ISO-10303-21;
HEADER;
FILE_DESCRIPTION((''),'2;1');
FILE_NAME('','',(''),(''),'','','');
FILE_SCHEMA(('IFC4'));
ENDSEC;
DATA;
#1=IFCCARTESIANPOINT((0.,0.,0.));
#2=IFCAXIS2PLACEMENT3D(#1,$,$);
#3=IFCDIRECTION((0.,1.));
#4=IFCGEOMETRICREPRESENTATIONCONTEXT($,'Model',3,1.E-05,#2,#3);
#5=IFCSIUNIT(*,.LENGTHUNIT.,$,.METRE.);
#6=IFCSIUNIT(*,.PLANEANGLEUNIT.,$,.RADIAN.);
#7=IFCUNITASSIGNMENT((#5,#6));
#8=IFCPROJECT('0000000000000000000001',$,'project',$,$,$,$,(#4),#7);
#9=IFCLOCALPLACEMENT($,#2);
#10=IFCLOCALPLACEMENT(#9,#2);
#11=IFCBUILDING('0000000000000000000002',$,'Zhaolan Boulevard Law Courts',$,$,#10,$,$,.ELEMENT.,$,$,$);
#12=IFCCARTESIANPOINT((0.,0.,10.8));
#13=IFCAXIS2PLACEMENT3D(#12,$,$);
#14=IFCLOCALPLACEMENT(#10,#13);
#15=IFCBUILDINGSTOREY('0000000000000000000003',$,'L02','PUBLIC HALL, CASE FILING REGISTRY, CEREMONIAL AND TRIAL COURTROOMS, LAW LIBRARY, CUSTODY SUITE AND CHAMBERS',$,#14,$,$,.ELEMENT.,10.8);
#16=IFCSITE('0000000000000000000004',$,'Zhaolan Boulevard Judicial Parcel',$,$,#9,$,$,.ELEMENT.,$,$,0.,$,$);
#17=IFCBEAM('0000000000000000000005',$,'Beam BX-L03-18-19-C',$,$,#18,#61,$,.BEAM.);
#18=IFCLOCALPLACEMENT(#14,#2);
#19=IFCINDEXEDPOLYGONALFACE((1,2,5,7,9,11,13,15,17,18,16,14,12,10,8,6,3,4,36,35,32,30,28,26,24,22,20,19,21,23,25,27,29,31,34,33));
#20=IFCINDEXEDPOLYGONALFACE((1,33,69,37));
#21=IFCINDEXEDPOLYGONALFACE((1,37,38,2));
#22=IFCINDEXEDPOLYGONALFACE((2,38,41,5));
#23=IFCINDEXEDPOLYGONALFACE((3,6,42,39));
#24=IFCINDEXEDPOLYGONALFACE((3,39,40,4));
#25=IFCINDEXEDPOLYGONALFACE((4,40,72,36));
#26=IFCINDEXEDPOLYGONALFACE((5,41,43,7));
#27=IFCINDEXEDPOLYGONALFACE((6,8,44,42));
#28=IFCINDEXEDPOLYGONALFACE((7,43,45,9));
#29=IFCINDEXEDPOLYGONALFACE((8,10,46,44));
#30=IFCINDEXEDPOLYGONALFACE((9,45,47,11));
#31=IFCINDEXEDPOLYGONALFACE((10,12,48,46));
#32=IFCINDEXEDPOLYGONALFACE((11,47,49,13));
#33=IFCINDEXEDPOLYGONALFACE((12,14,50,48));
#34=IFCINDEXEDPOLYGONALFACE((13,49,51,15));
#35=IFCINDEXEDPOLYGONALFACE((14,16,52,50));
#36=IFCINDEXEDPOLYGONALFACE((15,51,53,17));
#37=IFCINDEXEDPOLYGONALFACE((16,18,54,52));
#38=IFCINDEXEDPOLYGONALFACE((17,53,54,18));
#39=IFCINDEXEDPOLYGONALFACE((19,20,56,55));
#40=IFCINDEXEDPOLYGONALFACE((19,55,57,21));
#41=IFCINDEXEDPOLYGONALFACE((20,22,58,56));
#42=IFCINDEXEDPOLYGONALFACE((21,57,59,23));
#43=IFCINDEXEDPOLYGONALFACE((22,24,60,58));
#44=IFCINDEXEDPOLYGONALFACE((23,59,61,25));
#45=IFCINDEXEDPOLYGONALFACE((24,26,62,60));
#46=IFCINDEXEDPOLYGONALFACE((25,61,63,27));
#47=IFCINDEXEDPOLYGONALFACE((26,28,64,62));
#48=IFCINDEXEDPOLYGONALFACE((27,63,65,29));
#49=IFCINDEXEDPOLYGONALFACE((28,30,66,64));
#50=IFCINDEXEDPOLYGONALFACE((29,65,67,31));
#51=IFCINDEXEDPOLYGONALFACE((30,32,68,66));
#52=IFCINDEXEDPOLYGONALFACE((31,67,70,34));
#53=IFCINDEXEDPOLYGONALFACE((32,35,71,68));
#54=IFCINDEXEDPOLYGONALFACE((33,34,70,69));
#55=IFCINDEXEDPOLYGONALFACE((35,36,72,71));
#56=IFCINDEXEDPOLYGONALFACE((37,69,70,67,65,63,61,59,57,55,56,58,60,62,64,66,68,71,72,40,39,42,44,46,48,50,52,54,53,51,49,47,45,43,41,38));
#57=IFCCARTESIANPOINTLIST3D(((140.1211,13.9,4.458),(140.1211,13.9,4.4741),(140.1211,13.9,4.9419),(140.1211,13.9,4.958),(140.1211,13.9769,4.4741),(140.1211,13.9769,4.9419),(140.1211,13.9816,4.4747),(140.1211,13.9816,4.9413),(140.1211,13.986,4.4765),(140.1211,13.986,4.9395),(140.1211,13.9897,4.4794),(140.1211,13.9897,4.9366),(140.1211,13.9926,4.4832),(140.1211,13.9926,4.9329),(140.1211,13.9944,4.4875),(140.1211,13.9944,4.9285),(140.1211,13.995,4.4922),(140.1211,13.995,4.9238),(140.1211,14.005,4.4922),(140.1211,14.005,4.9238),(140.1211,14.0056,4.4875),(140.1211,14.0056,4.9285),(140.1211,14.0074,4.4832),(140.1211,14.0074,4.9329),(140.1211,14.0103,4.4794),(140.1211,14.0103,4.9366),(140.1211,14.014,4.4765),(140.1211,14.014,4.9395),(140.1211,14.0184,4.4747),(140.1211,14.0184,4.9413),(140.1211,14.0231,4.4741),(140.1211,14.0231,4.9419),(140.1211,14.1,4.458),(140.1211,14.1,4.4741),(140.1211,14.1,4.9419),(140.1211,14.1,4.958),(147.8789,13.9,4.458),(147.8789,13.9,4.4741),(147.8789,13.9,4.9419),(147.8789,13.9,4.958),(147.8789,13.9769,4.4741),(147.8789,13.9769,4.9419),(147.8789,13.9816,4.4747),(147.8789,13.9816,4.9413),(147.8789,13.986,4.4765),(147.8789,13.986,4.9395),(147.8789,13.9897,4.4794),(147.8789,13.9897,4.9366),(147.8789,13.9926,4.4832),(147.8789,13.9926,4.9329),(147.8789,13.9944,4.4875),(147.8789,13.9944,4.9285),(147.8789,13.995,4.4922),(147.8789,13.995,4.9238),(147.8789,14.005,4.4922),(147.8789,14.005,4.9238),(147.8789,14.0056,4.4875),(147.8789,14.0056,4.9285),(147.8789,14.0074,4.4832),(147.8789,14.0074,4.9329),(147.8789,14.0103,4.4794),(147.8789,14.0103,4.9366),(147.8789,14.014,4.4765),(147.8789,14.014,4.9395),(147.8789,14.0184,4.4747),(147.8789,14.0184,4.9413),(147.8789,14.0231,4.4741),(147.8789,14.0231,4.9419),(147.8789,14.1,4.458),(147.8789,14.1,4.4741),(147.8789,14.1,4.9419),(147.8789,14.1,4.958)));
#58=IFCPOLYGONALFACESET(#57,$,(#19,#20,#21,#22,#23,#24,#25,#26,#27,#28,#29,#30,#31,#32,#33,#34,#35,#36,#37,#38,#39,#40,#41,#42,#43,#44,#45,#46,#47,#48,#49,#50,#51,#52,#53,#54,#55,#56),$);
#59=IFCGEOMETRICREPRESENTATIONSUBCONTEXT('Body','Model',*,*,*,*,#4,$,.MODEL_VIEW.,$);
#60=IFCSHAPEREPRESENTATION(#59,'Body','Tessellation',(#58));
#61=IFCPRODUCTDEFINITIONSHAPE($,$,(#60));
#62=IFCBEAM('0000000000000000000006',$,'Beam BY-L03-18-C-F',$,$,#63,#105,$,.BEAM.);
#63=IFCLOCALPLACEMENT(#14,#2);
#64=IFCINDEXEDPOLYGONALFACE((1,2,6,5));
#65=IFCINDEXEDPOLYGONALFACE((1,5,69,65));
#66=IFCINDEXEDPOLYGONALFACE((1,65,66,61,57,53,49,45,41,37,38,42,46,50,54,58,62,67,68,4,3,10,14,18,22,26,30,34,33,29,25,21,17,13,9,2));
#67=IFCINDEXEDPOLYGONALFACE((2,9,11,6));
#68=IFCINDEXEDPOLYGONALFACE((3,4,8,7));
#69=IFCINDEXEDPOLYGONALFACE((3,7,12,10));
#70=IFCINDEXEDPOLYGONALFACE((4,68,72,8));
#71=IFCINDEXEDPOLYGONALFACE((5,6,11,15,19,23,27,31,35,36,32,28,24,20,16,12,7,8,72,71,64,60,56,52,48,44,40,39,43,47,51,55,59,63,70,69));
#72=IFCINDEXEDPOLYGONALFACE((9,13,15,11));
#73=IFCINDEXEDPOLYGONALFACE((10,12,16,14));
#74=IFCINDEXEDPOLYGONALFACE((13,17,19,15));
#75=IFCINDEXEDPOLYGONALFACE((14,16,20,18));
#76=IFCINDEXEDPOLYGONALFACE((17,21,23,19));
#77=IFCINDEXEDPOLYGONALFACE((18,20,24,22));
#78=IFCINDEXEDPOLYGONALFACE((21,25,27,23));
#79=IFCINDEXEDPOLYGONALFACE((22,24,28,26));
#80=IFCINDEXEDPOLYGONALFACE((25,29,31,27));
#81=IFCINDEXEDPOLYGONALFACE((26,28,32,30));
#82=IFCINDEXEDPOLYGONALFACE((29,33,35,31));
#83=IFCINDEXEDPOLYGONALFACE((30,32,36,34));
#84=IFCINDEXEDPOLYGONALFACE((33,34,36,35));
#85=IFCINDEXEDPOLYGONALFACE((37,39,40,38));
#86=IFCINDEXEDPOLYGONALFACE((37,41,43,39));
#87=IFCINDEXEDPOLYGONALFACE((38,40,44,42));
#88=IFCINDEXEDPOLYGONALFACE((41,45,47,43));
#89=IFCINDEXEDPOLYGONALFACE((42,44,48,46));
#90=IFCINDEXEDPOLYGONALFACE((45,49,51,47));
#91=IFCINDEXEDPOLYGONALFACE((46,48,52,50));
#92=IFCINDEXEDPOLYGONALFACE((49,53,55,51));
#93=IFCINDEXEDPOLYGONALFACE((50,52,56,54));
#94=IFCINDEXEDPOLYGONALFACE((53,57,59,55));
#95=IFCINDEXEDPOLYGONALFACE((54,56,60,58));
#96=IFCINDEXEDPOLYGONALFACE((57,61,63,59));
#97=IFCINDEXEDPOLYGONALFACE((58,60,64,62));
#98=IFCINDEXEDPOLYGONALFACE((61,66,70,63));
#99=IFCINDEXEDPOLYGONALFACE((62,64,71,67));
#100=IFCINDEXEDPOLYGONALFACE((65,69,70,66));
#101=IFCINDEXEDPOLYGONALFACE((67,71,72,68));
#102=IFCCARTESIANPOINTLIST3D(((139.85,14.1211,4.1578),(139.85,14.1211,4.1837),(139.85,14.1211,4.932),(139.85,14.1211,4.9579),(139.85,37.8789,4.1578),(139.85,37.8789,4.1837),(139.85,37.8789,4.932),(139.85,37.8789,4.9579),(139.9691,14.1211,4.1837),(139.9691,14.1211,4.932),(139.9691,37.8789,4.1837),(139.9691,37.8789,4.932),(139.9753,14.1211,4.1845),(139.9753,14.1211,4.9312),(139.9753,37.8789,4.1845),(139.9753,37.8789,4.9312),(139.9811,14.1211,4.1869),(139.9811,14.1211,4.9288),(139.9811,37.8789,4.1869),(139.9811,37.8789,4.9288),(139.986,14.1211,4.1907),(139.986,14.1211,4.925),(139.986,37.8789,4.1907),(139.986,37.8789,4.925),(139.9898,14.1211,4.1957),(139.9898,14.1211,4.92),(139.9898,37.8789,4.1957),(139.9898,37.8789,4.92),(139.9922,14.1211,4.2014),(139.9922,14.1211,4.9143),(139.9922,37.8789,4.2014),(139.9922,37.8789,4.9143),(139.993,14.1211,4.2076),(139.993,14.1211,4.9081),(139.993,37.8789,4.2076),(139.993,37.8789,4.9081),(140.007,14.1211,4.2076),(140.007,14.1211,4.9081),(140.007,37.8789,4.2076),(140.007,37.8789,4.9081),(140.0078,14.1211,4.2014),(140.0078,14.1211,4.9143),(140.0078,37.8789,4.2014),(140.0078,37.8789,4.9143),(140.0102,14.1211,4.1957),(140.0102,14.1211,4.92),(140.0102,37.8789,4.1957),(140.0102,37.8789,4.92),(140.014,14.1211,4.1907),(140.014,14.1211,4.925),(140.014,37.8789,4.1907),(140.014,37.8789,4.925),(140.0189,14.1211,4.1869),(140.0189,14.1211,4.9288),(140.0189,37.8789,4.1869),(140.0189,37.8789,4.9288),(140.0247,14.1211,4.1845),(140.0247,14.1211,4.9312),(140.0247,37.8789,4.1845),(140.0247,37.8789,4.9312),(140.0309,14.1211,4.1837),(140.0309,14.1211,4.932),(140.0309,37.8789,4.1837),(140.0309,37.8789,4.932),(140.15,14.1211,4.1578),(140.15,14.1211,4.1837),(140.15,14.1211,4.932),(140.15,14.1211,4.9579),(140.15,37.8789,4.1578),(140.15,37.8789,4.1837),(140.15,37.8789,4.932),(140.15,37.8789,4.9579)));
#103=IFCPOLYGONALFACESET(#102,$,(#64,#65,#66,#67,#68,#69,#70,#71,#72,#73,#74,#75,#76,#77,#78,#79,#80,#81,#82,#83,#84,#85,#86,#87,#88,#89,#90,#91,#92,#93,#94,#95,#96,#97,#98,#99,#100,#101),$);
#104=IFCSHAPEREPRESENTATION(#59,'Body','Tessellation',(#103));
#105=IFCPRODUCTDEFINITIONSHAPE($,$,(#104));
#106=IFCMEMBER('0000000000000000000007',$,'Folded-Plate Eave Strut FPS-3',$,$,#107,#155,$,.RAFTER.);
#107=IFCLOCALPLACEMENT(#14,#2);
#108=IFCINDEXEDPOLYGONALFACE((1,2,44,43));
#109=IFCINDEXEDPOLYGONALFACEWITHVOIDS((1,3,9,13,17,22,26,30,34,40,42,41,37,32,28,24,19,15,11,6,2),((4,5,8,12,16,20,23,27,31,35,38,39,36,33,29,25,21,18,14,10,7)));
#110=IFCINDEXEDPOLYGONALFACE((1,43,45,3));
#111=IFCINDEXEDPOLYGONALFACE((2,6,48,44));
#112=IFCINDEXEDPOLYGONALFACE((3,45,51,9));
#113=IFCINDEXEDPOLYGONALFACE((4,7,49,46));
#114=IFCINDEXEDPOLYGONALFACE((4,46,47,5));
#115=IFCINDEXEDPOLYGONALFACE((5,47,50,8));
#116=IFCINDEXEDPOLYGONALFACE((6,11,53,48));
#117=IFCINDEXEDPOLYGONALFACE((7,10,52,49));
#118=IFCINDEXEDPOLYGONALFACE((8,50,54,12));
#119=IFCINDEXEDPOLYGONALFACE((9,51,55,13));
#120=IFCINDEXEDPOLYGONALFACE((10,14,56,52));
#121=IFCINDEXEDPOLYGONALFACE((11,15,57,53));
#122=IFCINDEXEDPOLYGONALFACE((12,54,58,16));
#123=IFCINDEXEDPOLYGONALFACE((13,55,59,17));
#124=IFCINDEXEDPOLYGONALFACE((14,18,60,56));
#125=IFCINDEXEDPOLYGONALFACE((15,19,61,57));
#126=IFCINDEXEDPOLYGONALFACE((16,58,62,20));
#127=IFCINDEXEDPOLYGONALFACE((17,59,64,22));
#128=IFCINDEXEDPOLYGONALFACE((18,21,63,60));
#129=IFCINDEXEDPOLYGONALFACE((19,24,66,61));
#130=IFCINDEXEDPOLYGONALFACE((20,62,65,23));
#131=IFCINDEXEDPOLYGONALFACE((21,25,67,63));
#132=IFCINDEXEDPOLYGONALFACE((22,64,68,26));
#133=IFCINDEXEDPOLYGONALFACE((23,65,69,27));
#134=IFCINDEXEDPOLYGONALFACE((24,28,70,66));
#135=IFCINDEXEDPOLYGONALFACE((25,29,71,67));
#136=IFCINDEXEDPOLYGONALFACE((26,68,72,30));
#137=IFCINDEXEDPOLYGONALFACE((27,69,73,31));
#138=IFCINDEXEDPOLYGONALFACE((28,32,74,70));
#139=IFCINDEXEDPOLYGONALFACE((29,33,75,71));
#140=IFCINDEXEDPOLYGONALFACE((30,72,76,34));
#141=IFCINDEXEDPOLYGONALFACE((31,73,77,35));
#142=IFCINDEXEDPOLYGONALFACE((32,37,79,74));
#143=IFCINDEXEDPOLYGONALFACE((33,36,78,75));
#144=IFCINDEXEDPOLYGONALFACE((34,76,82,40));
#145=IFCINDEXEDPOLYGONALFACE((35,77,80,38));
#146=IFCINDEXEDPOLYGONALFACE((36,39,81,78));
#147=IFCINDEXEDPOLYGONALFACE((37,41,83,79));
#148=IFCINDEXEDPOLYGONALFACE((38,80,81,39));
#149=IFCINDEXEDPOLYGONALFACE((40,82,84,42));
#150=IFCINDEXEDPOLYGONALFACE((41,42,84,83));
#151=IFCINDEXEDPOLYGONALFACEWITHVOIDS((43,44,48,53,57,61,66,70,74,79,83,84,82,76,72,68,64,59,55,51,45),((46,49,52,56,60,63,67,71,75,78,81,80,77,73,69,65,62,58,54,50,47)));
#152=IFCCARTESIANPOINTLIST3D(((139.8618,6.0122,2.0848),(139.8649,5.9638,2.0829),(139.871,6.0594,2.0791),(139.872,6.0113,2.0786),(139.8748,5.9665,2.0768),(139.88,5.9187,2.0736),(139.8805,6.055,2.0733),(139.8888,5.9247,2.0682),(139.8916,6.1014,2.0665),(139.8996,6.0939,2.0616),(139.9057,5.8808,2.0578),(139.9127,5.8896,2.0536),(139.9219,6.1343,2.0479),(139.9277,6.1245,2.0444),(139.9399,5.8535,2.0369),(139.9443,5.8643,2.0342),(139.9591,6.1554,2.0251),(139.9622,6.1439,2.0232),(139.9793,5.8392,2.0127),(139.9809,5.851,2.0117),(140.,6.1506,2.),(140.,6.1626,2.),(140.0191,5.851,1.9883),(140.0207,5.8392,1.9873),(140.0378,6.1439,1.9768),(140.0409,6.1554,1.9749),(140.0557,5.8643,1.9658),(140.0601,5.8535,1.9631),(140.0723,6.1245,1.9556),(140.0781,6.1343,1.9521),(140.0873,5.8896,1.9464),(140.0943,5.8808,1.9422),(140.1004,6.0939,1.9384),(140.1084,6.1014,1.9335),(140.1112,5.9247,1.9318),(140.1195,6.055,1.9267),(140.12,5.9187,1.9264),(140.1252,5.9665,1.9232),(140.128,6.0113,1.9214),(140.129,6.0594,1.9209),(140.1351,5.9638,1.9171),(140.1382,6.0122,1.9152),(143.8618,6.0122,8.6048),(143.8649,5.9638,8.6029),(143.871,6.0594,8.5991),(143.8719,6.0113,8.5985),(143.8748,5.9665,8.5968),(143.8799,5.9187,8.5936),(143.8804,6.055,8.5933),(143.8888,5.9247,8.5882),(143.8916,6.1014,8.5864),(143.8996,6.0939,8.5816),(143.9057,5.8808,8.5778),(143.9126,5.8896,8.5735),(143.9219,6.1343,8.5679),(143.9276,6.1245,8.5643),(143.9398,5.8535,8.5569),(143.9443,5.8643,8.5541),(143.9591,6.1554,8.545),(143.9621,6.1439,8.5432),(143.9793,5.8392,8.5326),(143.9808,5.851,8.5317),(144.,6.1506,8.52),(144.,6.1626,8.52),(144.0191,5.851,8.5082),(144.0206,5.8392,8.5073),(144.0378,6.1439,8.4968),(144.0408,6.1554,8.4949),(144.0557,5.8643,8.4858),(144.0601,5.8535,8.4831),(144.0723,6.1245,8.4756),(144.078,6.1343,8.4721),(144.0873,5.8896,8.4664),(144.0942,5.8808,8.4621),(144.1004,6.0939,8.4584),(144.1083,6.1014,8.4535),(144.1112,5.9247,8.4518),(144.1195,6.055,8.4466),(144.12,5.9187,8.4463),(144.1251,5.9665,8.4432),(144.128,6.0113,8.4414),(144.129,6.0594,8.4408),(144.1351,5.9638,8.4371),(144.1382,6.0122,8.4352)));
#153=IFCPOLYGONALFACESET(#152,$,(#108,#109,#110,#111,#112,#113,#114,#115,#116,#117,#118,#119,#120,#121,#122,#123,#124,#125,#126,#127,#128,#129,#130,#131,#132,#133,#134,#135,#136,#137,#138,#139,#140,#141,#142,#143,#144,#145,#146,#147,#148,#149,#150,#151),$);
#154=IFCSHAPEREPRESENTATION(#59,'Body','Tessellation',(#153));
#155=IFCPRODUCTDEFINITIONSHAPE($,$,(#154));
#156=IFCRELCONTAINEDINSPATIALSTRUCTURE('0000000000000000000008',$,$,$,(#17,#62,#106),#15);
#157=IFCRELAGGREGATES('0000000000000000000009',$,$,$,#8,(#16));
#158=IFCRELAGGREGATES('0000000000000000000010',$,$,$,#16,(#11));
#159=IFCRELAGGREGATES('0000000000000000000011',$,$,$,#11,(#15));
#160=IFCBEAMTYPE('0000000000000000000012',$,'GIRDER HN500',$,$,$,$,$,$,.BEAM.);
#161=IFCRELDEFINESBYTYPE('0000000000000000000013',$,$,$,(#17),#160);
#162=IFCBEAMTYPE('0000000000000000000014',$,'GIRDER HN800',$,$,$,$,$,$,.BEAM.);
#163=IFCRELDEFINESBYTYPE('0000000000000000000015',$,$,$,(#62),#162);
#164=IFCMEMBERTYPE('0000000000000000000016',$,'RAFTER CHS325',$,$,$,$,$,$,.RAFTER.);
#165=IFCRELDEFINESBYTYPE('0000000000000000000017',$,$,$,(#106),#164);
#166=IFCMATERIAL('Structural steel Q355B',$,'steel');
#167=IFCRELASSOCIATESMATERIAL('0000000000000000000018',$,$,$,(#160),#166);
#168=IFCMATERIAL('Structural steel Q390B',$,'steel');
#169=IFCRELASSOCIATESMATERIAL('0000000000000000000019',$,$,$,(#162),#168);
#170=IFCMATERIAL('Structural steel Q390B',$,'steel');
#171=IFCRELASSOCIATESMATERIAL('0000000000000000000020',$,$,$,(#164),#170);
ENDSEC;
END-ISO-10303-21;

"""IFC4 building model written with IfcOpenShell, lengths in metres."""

from ifc_helpers import new_model, si_unit, direction, frame, origin, origin_2d, place, context, subcontext, project, spatial, hollow_circle, i_section, extrude, material, material_profile, profile_set, type_object, element, save


model = new_model("IFC4")

# Units and contexts
model_context = context("Model", 3, precision=1e-05, world=origin(), true_north=direction((0.0, 1.0)))
body_context = subcontext(model_context, "Body", "Model", "MODEL_VIEW")
ifc_project = project(units=[si_unit("LENGTHUNIT", "METRE"), si_unit("PLANEANGLEUNIT", "RADIAN")], contexts=[model_context])

# Site, building, storey
site_placement = place(None, origin())
site = spatial("IfcSite", under=ifc_project, at=site_placement, Name="Zhaolan Boulevard Judicial Parcel", CompositionType="ELEMENT", RefElevation=0.0)
building_placement = place(site_placement, origin())
building = spatial("IfcBuilding", under=site, at=building_placement, Name="Zhaolan Boulevard Law Courts", CompositionType="ELEMENT")
storey_placement = place(building_placement, frame((0.0, 0.0, 10.8)))
storey = spatial("IfcBuildingStorey", under=building, at=storey_placement, Name="L02", Description="PUBLIC HALL, CASE FILING REGISTRY, CEREMONIAL AND TRIAL COURTROOMS, LAW LIBRARY, CUSTODY SUITE AND CHAMBERS", CompositionType="ELEMENT", Elevation=10.8)

# Beams
ifc_material_1 = material(Name="Structural steel Q355B", Category="steel")
ifc_material_profile_1 = material_profile(ifc_material_1, i_section(OverallWidth=0.2, OverallDepth=0.5, WebThickness=0.01, FlangeThickness=0.0161, FilletRadius=0.0181, at=origin_2d()), Name="HN500x200")
ifc_profile_set_1 = profile_set([ifc_material_profile_1], Name="Structural steel Q355B")
beam_type_1 = type_object("IfcBeamType", Name="GIRDER HN500", PredefinedType="BEAM", material=ifc_profile_set_1)
beam_1_placement = place(storey_placement, frame((140.1211, 14.0, 4.708), z_axis=(1.0, 0.0, 0.0), x_axis=(0.0, 1.0, 0.0)))
element("IfcBeam", 1, at=beam_1_placement, inside=storey, type_object=beam_type_1, Name="Beam BX-L03-18-19-C", PredefinedType="BEAM", context=body_context, shape_type="SweptSolid", body=[
    extrude(i_section(OverallWidth=0.2, OverallDepth=0.5, WebThickness=0.01, FlangeThickness=0.0161, FilletRadius=0.0181, at=origin_2d()), origin(), (0.0, 0.0, 1.0), 7.7578),
])
ifc_material_2 = material(Name="Structural steel Q390B", Category="steel")
ifc_material_profile_2 = material_profile(ifc_material_2, i_section(OverallWidth=0.3, OverallDepth=0.8, WebThickness=0.0139, FlangeThickness=0.0259, FilletRadius=0.0239, at=origin_2d()), Name="HN800x300")
ifc_profile_set_2 = profile_set([ifc_material_profile_2], Name="Structural steel Q390B")
beam_type_2 = type_object("IfcBeamType", Name="GIRDER HN800", PredefinedType="BEAM", material=ifc_profile_set_2)
beam_2_placement = place(storey_placement, frame((140.0, 14.1211, 4.5579), z_axis=(0.0, 1.0, 0.0), x_axis=(-1.0, 0.0, 0.0)))
element("IfcBeam", 2, at=beam_2_placement, inside=storey, type_object=beam_type_2, Name="Beam BY-L03-18-C-F", PredefinedType="BEAM", context=body_context, shape_type="SweptSolid", body=[
    extrude(i_section(OverallWidth=0.3, OverallDepth=0.8, WebThickness=0.0139, FlangeThickness=0.0259, FilletRadius=0.0239, at=origin_2d()), origin(), (0.0, 0.0, 1.0), 23.7578),
])

# Member
ifc_material_3 = material(Name="Structural steel Q390B", Category="steel")
ifc_material_profile_3 = material_profile(ifc_material_3, hollow_circle(Radius=0.1626, WallThickness=0.012, at=origin_2d()), Name="CHS325x12")
ifc_profile_set_3 = profile_set([ifc_material_profile_3], Name="Structural steel Q390B")
member_type_1 = type_object("IfcMemberType", Name="RAFTER CHS325", PredefinedType="RAFTER", material=ifc_profile_set_3)
member_1_placement = place(storey_placement, frame((140.0, 6.0, 2.0), z_axis=(0.522929, 0.0, 0.852376), x_axis=(0.0, 1.0, 0.0)))
element("IfcMember", 3, at=member_1_placement, inside=storey, type_object=member_type_1, Name="Folded-Plate Eave Strut FPS-3", PredefinedType="RAFTER", context=body_context, shape_type="SweptSolid", body=[
    extrude(hollow_circle(Radius=0.1626, WallThickness=0.012, at=origin_2d()), origin(), (0.0, 0.0, 1.0), 7.6492),
])

save(model, "model.ifc")
